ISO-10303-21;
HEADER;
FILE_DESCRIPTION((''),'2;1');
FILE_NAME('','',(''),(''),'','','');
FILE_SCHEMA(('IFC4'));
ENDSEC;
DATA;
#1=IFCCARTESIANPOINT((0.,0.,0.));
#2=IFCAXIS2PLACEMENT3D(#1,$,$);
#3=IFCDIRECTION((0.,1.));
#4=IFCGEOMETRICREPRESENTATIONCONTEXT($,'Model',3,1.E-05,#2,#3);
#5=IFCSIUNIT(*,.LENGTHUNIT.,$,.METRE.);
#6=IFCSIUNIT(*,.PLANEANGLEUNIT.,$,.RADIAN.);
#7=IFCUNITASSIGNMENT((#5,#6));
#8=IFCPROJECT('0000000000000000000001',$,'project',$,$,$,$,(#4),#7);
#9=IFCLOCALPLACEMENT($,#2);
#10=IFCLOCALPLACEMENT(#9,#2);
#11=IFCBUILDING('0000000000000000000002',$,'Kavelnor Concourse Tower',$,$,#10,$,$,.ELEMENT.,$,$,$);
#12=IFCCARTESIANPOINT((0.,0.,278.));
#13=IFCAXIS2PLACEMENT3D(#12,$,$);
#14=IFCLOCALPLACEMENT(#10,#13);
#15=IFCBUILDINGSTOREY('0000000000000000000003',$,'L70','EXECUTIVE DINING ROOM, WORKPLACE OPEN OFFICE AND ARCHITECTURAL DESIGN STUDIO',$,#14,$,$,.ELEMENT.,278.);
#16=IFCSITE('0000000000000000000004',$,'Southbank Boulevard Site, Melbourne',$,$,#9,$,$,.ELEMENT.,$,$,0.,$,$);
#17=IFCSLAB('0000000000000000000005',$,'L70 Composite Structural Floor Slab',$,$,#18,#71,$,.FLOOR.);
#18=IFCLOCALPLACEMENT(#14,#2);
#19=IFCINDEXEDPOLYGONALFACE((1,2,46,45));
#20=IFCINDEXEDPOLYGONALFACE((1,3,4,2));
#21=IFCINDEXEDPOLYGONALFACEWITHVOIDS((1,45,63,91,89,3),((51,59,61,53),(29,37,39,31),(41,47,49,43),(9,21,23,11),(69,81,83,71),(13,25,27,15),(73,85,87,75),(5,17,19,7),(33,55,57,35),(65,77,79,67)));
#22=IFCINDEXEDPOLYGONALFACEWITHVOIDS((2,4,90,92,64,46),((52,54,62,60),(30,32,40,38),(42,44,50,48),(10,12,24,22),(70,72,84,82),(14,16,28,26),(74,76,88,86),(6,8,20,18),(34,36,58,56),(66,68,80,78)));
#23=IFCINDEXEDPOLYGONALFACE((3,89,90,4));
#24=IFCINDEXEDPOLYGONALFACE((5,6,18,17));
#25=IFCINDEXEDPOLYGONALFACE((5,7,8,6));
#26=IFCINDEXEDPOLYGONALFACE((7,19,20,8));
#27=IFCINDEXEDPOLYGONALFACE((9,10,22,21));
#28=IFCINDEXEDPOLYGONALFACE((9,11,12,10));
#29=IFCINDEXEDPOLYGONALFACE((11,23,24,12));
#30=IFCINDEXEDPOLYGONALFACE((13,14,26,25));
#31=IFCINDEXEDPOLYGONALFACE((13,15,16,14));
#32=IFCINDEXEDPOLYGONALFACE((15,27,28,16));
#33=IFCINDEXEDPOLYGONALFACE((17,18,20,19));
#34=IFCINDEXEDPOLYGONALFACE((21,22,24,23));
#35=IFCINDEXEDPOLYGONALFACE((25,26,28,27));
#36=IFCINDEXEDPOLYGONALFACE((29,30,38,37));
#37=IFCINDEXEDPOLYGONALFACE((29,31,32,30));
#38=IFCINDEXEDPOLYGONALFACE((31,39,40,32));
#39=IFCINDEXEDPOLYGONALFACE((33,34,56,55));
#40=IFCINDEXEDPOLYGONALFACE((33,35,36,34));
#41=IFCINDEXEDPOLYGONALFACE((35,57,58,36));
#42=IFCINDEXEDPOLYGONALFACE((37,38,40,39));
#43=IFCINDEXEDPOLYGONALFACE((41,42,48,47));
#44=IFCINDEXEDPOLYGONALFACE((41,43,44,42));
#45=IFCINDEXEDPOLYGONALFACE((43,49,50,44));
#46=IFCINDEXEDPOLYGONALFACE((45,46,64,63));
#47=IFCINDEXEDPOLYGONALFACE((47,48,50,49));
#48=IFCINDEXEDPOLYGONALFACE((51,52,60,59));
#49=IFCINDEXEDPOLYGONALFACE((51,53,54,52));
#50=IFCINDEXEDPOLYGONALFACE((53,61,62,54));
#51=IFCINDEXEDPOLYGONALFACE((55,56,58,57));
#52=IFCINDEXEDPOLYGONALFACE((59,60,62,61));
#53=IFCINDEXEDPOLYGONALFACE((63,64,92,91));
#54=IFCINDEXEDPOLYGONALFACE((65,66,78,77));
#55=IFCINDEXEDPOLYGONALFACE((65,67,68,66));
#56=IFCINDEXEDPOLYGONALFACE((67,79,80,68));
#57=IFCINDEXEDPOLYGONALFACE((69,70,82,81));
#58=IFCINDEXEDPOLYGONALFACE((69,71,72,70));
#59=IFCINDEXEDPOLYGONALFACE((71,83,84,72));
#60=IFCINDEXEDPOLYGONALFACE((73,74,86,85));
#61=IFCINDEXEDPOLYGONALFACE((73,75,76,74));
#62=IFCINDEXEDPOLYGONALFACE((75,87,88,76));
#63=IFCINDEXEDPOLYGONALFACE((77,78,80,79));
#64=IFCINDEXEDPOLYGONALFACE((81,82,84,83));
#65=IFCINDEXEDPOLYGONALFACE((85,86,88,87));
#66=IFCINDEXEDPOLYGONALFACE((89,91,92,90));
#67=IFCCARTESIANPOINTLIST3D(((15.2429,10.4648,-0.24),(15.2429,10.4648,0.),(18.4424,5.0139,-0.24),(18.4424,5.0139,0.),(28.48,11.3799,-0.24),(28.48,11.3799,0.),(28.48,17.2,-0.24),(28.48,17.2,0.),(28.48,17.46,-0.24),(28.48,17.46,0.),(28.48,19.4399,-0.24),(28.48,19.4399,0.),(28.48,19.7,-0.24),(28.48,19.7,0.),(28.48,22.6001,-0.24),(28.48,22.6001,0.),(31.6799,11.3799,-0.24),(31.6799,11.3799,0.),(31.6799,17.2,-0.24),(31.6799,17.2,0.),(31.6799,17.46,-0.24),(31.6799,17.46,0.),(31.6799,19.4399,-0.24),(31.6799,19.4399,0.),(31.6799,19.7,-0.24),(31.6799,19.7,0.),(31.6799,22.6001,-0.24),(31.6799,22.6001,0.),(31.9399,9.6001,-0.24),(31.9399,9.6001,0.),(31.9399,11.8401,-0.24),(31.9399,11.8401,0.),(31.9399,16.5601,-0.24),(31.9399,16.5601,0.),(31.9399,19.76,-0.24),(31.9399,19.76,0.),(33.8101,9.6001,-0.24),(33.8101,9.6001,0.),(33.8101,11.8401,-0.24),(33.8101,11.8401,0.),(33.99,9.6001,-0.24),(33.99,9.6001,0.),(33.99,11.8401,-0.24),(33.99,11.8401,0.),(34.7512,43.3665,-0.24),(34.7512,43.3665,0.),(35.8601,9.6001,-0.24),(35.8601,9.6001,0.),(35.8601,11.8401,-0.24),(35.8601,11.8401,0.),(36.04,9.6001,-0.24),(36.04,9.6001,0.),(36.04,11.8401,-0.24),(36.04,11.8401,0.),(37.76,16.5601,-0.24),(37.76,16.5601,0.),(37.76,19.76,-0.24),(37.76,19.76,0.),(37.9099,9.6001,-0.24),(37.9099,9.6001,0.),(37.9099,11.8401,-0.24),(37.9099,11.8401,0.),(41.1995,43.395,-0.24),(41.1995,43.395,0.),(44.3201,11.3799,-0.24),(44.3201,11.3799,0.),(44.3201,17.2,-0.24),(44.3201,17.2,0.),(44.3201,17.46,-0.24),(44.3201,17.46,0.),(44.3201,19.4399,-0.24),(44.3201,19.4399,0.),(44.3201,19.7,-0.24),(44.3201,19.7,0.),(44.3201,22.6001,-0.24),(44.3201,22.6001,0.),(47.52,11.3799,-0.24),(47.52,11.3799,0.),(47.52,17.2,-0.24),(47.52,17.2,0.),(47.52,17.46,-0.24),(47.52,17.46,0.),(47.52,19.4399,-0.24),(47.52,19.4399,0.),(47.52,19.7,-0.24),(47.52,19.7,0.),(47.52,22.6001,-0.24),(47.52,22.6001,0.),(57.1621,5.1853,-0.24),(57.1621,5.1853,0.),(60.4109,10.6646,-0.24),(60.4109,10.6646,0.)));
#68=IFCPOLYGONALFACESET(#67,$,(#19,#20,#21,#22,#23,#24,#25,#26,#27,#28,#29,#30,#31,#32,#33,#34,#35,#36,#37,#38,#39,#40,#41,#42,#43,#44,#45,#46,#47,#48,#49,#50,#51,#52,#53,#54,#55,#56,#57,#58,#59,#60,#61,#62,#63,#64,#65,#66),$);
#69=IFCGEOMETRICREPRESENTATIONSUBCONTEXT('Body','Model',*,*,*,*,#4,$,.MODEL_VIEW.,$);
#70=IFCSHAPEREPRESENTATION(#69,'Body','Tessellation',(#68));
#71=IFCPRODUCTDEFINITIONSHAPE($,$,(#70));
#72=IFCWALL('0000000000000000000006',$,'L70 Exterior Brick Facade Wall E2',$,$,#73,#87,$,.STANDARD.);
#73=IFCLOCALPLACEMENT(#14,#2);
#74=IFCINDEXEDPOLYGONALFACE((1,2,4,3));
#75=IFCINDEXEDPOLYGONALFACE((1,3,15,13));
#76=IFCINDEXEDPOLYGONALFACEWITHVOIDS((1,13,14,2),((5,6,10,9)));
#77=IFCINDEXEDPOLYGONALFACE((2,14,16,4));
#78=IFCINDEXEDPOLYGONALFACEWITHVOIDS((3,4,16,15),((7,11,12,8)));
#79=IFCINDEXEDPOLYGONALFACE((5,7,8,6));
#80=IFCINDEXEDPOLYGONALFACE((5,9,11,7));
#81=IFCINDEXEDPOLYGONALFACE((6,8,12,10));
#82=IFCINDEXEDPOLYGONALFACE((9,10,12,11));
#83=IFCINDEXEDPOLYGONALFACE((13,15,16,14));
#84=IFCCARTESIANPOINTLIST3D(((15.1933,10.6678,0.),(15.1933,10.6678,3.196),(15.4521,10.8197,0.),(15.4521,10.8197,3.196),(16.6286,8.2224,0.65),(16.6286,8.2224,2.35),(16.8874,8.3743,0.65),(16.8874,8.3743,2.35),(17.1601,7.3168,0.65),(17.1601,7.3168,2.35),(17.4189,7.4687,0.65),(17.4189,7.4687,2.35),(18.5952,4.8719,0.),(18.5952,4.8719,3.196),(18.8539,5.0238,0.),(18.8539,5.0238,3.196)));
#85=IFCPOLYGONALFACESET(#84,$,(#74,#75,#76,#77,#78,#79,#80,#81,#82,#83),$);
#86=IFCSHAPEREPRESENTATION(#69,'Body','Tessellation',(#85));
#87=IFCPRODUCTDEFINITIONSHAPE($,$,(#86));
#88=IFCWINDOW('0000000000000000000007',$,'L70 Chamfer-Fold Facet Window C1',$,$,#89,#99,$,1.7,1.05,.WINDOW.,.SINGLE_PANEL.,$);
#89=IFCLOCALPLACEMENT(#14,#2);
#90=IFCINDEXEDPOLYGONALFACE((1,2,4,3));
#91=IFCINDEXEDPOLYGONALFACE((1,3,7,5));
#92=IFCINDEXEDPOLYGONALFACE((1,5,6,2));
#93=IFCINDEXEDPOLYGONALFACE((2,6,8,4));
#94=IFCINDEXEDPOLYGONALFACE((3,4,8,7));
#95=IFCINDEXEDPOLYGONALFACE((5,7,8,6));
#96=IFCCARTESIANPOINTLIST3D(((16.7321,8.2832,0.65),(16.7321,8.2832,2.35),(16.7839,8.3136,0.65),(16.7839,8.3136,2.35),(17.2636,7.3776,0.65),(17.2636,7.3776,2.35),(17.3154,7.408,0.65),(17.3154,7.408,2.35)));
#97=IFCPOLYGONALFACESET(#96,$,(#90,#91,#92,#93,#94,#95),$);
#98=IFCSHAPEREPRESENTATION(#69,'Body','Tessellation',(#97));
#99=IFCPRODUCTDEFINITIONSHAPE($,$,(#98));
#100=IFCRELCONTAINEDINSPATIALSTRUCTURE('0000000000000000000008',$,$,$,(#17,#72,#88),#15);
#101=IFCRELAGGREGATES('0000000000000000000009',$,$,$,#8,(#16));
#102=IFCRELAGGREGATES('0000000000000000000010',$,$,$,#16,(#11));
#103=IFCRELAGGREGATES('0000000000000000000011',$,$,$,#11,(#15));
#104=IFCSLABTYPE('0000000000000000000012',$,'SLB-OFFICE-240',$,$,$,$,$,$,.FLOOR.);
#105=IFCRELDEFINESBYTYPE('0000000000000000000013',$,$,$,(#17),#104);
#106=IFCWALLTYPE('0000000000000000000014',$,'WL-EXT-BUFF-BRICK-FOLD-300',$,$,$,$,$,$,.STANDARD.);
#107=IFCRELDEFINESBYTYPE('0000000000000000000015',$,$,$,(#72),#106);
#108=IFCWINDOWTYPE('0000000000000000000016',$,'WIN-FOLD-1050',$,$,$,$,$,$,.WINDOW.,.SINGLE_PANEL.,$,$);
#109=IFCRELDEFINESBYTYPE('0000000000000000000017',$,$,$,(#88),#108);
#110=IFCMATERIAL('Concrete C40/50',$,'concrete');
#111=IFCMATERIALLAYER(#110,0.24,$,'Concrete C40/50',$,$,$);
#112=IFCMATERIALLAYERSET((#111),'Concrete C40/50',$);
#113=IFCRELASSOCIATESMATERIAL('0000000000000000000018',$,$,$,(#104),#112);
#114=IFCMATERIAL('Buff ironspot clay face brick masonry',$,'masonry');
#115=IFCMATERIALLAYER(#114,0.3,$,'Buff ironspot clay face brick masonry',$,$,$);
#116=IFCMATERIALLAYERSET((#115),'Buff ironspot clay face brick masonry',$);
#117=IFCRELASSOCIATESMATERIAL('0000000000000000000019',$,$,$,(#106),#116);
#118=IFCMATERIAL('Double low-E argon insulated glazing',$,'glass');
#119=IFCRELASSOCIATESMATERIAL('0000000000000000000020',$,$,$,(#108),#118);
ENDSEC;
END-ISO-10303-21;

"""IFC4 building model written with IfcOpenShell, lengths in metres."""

from ifc_helpers import new_model, si_unit, direction, frame, frame_2d, origin, place, context, subcontext, project, spatial, polyline, rectangle, outline, extrude, material, layer, layer_set, type_object, element, fill, save


model = new_model("IFC4")

# Units and contexts
model_context = context("Model", 3, precision=1e-05, world=origin(), true_north=direction((0.0, 1.0)))
body_context = subcontext(model_context, "Body", "Model", "MODEL_VIEW")
ifc_project = project(units=[si_unit("LENGTHUNIT", "METRE"), si_unit("PLANEANGLEUNIT", "RADIAN")], contexts=[model_context])

# Site, building, storey
site_placement = place(None, origin())
site = spatial("IfcSite", under=ifc_project, at=site_placement, Name="Southbank Boulevard Site, Melbourne", CompositionType="ELEMENT", RefElevation=0.0)
building_placement = place(site_placement, origin())
building = spatial("IfcBuilding", under=site, at=building_placement, Name="Kavelnor Concourse Tower", CompositionType="ELEMENT")
storey_placement = place(building_placement, frame((0.0, 0.0, 278.0)))
storey = spatial("IfcBuildingStorey", under=building, at=storey_placement, Name="L70", Description="EXECUTIVE DINING ROOM, WORKPLACE OPEN OFFICE AND ARCHITECTURAL DESIGN STUDIO", CompositionType="ELEMENT", Elevation=278.0)

# Shared definitions
ifc_material_1 = material(Name="Concrete C40/50", Category="concrete")

# Slab
ifc_layer_1 = layer(ifc_material_1, 0.24, Name="Concrete C40/50")
ifc_layer_set_1 = layer_set([ifc_layer_1], Name="Concrete C40/50")
slab_type_1 = type_object("IfcSlabType", Name="SLB-OFFICE-240", PredefinedType="FLOOR", material=ifc_layer_set_1)
slab_1_placement = place(storey_placement, frame((0.0, 0.0, -0.24)))
element("IfcSlab", 1, at=slab_1_placement, inside=storey, type_object=slab_type_1, Name="L70 Composite Structural Floor Slab", PredefinedType="FLOOR", context=body_context, shape_type="SweptSolid", body=[
    extrude(outline(polyline([(41.1995, 43.395), (34.7512, 43.3665), (15.2429, 10.4648), (18.4424, 5.0139), (57.1621, 5.1853), (60.4109, 10.6646), (41.1995, 43.395)]), holes=[polyline([(28.48, 11.3799), (31.6799, 11.3799), (31.6799, 17.2), (28.48, 17.2), (28.48, 11.3799)]), polyline([(44.3201, 11.3799), (47.52, 11.3799), (47.52, 17.2), (44.3201, 17.2), (44.3201, 11.3799)]), polyline([(31.9399, 16.5601), (37.76, 16.5601), (37.76, 19.76), (31.9399, 19.76), (31.9399, 16.5601)]), polyline([(28.48, 19.7), (31.6799, 19.7), (31.6799, 22.6001), (28.48, 22.6001), (28.48, 19.7)]), polyline([(44.3201, 19.7), (47.52, 19.7), (47.52, 22.6001), (44.3201, 22.6001), (44.3201, 19.7)]), polyline([(31.9399, 9.6001), (33.8101, 9.6001), (33.8101, 11.8401), (31.9399, 11.8401), (31.9399, 9.6001)]), polyline([(33.99, 9.6001), (35.8601, 9.6001), (35.8601, 11.8401), (33.99, 11.8401), (33.99, 9.6001)]), polyline([(36.04, 9.6001), (37.9099, 9.6001), (37.9099, 11.8401), (36.04, 11.8401), (36.04, 9.6001)]), polyline([(28.48, 17.46), (31.6799, 17.46), (31.6799, 19.4399), (28.48, 19.4399), (28.48, 17.46)]), polyline([(44.3201, 17.46), (47.52, 17.46), (47.52, 19.4399), (44.3201, 19.4399), (44.3201, 17.46)])]), origin(), (0.0, 0.0, 1.0), 0.24),
])

# Wall, opening, window
ifc_material_2 = material(Name="Buff ironspot clay face brick masonry", Category="masonry")
ifc_layer_2 = layer(ifc_material_2, 0.3, Name="Buff ironspot clay face brick masonry")
ifc_layer_set_2 = layer_set([ifc_layer_2], Name="Buff ironspot clay face brick masonry")
wall_type_1 = type_object("IfcWallType", Name="WL-EXT-BUFF-BRICK-FOLD-300", PredefinedType="STANDARD", material=ifc_layer_set_2)
wall_1_placement = place(storey_placement, frame((18.7246, 4.9478, 0.0), z_axis=(0.0, 0.0, 1.0), x_axis=(-0.506191, 0.862421, 0.0)))
wall_1 = element("IfcWall", 2, at=wall_1_placement, inside=storey, type_object=wall_type_1, Name="L70 Exterior Brick Facade Wall E2", PredefinedType="STANDARD", context=body_context, shape_type="SweptSolid", body=[
    extrude(rectangle(XDim=6.7205, YDim=0.3, at=frame_2d((3.3604, 0.0))), origin(), (0.0, 0.0, 1.0), 3.196),
])
opening_1_placement = place(wall_1_placement, frame((2.8352, 0.0, 0.6499)))
opening_1 = element("IfcOpeningElement", 3, at=opening_1_placement, cuts=wall_1, PredefinedType="OPENING", context=body_context, shape_type="SweptSolid", body=[
    extrude(rectangle(XDim=1.05, YDim=1.7, at=frame_2d((0.5249, 0.8501))), frame((0.0, 0.1602, 0.0), z_axis=(0.0, -1.0, 0.0), x_axis=(1.0, 0.0, 0.0)), (0.0, 0.0, 1.0), 0.3201),
])
ifc_material_3 = material(Name="Double low-E argon insulated glazing", Category="glass")
window_type_1 = type_object("IfcWindowType", Name="WIN-FOLD-1050", PartitioningType="SINGLE_PANEL", PredefinedType="WINDOW", material=ifc_material_3)
window_1_placement = place(opening_1_placement, origin())
window_1 = element("IfcWindow", 4, at=window_1_placement, inside=storey, type_object=window_type_1, Name="L70 Chamfer-Fold Facet Window C1", OverallHeight=1.7, OverallWidth=1.05, PartitioningType="SINGLE_PANEL", PredefinedType="WINDOW", context=body_context, shape_type="SweptSolid", body=[
    extrude(rectangle(XDim=1.05, YDim=1.7, at=frame_2d((0.5249, 0.8501))), frame((0.0, 0.03, 0.0), z_axis=(0.0, -1.0, 0.0), x_axis=(1.0, 0.0, 0.0)), (0.0, 0.0, 1.0), 0.0601),
])
fill(opening_1, window_1)

save(model, "model.ifc")
